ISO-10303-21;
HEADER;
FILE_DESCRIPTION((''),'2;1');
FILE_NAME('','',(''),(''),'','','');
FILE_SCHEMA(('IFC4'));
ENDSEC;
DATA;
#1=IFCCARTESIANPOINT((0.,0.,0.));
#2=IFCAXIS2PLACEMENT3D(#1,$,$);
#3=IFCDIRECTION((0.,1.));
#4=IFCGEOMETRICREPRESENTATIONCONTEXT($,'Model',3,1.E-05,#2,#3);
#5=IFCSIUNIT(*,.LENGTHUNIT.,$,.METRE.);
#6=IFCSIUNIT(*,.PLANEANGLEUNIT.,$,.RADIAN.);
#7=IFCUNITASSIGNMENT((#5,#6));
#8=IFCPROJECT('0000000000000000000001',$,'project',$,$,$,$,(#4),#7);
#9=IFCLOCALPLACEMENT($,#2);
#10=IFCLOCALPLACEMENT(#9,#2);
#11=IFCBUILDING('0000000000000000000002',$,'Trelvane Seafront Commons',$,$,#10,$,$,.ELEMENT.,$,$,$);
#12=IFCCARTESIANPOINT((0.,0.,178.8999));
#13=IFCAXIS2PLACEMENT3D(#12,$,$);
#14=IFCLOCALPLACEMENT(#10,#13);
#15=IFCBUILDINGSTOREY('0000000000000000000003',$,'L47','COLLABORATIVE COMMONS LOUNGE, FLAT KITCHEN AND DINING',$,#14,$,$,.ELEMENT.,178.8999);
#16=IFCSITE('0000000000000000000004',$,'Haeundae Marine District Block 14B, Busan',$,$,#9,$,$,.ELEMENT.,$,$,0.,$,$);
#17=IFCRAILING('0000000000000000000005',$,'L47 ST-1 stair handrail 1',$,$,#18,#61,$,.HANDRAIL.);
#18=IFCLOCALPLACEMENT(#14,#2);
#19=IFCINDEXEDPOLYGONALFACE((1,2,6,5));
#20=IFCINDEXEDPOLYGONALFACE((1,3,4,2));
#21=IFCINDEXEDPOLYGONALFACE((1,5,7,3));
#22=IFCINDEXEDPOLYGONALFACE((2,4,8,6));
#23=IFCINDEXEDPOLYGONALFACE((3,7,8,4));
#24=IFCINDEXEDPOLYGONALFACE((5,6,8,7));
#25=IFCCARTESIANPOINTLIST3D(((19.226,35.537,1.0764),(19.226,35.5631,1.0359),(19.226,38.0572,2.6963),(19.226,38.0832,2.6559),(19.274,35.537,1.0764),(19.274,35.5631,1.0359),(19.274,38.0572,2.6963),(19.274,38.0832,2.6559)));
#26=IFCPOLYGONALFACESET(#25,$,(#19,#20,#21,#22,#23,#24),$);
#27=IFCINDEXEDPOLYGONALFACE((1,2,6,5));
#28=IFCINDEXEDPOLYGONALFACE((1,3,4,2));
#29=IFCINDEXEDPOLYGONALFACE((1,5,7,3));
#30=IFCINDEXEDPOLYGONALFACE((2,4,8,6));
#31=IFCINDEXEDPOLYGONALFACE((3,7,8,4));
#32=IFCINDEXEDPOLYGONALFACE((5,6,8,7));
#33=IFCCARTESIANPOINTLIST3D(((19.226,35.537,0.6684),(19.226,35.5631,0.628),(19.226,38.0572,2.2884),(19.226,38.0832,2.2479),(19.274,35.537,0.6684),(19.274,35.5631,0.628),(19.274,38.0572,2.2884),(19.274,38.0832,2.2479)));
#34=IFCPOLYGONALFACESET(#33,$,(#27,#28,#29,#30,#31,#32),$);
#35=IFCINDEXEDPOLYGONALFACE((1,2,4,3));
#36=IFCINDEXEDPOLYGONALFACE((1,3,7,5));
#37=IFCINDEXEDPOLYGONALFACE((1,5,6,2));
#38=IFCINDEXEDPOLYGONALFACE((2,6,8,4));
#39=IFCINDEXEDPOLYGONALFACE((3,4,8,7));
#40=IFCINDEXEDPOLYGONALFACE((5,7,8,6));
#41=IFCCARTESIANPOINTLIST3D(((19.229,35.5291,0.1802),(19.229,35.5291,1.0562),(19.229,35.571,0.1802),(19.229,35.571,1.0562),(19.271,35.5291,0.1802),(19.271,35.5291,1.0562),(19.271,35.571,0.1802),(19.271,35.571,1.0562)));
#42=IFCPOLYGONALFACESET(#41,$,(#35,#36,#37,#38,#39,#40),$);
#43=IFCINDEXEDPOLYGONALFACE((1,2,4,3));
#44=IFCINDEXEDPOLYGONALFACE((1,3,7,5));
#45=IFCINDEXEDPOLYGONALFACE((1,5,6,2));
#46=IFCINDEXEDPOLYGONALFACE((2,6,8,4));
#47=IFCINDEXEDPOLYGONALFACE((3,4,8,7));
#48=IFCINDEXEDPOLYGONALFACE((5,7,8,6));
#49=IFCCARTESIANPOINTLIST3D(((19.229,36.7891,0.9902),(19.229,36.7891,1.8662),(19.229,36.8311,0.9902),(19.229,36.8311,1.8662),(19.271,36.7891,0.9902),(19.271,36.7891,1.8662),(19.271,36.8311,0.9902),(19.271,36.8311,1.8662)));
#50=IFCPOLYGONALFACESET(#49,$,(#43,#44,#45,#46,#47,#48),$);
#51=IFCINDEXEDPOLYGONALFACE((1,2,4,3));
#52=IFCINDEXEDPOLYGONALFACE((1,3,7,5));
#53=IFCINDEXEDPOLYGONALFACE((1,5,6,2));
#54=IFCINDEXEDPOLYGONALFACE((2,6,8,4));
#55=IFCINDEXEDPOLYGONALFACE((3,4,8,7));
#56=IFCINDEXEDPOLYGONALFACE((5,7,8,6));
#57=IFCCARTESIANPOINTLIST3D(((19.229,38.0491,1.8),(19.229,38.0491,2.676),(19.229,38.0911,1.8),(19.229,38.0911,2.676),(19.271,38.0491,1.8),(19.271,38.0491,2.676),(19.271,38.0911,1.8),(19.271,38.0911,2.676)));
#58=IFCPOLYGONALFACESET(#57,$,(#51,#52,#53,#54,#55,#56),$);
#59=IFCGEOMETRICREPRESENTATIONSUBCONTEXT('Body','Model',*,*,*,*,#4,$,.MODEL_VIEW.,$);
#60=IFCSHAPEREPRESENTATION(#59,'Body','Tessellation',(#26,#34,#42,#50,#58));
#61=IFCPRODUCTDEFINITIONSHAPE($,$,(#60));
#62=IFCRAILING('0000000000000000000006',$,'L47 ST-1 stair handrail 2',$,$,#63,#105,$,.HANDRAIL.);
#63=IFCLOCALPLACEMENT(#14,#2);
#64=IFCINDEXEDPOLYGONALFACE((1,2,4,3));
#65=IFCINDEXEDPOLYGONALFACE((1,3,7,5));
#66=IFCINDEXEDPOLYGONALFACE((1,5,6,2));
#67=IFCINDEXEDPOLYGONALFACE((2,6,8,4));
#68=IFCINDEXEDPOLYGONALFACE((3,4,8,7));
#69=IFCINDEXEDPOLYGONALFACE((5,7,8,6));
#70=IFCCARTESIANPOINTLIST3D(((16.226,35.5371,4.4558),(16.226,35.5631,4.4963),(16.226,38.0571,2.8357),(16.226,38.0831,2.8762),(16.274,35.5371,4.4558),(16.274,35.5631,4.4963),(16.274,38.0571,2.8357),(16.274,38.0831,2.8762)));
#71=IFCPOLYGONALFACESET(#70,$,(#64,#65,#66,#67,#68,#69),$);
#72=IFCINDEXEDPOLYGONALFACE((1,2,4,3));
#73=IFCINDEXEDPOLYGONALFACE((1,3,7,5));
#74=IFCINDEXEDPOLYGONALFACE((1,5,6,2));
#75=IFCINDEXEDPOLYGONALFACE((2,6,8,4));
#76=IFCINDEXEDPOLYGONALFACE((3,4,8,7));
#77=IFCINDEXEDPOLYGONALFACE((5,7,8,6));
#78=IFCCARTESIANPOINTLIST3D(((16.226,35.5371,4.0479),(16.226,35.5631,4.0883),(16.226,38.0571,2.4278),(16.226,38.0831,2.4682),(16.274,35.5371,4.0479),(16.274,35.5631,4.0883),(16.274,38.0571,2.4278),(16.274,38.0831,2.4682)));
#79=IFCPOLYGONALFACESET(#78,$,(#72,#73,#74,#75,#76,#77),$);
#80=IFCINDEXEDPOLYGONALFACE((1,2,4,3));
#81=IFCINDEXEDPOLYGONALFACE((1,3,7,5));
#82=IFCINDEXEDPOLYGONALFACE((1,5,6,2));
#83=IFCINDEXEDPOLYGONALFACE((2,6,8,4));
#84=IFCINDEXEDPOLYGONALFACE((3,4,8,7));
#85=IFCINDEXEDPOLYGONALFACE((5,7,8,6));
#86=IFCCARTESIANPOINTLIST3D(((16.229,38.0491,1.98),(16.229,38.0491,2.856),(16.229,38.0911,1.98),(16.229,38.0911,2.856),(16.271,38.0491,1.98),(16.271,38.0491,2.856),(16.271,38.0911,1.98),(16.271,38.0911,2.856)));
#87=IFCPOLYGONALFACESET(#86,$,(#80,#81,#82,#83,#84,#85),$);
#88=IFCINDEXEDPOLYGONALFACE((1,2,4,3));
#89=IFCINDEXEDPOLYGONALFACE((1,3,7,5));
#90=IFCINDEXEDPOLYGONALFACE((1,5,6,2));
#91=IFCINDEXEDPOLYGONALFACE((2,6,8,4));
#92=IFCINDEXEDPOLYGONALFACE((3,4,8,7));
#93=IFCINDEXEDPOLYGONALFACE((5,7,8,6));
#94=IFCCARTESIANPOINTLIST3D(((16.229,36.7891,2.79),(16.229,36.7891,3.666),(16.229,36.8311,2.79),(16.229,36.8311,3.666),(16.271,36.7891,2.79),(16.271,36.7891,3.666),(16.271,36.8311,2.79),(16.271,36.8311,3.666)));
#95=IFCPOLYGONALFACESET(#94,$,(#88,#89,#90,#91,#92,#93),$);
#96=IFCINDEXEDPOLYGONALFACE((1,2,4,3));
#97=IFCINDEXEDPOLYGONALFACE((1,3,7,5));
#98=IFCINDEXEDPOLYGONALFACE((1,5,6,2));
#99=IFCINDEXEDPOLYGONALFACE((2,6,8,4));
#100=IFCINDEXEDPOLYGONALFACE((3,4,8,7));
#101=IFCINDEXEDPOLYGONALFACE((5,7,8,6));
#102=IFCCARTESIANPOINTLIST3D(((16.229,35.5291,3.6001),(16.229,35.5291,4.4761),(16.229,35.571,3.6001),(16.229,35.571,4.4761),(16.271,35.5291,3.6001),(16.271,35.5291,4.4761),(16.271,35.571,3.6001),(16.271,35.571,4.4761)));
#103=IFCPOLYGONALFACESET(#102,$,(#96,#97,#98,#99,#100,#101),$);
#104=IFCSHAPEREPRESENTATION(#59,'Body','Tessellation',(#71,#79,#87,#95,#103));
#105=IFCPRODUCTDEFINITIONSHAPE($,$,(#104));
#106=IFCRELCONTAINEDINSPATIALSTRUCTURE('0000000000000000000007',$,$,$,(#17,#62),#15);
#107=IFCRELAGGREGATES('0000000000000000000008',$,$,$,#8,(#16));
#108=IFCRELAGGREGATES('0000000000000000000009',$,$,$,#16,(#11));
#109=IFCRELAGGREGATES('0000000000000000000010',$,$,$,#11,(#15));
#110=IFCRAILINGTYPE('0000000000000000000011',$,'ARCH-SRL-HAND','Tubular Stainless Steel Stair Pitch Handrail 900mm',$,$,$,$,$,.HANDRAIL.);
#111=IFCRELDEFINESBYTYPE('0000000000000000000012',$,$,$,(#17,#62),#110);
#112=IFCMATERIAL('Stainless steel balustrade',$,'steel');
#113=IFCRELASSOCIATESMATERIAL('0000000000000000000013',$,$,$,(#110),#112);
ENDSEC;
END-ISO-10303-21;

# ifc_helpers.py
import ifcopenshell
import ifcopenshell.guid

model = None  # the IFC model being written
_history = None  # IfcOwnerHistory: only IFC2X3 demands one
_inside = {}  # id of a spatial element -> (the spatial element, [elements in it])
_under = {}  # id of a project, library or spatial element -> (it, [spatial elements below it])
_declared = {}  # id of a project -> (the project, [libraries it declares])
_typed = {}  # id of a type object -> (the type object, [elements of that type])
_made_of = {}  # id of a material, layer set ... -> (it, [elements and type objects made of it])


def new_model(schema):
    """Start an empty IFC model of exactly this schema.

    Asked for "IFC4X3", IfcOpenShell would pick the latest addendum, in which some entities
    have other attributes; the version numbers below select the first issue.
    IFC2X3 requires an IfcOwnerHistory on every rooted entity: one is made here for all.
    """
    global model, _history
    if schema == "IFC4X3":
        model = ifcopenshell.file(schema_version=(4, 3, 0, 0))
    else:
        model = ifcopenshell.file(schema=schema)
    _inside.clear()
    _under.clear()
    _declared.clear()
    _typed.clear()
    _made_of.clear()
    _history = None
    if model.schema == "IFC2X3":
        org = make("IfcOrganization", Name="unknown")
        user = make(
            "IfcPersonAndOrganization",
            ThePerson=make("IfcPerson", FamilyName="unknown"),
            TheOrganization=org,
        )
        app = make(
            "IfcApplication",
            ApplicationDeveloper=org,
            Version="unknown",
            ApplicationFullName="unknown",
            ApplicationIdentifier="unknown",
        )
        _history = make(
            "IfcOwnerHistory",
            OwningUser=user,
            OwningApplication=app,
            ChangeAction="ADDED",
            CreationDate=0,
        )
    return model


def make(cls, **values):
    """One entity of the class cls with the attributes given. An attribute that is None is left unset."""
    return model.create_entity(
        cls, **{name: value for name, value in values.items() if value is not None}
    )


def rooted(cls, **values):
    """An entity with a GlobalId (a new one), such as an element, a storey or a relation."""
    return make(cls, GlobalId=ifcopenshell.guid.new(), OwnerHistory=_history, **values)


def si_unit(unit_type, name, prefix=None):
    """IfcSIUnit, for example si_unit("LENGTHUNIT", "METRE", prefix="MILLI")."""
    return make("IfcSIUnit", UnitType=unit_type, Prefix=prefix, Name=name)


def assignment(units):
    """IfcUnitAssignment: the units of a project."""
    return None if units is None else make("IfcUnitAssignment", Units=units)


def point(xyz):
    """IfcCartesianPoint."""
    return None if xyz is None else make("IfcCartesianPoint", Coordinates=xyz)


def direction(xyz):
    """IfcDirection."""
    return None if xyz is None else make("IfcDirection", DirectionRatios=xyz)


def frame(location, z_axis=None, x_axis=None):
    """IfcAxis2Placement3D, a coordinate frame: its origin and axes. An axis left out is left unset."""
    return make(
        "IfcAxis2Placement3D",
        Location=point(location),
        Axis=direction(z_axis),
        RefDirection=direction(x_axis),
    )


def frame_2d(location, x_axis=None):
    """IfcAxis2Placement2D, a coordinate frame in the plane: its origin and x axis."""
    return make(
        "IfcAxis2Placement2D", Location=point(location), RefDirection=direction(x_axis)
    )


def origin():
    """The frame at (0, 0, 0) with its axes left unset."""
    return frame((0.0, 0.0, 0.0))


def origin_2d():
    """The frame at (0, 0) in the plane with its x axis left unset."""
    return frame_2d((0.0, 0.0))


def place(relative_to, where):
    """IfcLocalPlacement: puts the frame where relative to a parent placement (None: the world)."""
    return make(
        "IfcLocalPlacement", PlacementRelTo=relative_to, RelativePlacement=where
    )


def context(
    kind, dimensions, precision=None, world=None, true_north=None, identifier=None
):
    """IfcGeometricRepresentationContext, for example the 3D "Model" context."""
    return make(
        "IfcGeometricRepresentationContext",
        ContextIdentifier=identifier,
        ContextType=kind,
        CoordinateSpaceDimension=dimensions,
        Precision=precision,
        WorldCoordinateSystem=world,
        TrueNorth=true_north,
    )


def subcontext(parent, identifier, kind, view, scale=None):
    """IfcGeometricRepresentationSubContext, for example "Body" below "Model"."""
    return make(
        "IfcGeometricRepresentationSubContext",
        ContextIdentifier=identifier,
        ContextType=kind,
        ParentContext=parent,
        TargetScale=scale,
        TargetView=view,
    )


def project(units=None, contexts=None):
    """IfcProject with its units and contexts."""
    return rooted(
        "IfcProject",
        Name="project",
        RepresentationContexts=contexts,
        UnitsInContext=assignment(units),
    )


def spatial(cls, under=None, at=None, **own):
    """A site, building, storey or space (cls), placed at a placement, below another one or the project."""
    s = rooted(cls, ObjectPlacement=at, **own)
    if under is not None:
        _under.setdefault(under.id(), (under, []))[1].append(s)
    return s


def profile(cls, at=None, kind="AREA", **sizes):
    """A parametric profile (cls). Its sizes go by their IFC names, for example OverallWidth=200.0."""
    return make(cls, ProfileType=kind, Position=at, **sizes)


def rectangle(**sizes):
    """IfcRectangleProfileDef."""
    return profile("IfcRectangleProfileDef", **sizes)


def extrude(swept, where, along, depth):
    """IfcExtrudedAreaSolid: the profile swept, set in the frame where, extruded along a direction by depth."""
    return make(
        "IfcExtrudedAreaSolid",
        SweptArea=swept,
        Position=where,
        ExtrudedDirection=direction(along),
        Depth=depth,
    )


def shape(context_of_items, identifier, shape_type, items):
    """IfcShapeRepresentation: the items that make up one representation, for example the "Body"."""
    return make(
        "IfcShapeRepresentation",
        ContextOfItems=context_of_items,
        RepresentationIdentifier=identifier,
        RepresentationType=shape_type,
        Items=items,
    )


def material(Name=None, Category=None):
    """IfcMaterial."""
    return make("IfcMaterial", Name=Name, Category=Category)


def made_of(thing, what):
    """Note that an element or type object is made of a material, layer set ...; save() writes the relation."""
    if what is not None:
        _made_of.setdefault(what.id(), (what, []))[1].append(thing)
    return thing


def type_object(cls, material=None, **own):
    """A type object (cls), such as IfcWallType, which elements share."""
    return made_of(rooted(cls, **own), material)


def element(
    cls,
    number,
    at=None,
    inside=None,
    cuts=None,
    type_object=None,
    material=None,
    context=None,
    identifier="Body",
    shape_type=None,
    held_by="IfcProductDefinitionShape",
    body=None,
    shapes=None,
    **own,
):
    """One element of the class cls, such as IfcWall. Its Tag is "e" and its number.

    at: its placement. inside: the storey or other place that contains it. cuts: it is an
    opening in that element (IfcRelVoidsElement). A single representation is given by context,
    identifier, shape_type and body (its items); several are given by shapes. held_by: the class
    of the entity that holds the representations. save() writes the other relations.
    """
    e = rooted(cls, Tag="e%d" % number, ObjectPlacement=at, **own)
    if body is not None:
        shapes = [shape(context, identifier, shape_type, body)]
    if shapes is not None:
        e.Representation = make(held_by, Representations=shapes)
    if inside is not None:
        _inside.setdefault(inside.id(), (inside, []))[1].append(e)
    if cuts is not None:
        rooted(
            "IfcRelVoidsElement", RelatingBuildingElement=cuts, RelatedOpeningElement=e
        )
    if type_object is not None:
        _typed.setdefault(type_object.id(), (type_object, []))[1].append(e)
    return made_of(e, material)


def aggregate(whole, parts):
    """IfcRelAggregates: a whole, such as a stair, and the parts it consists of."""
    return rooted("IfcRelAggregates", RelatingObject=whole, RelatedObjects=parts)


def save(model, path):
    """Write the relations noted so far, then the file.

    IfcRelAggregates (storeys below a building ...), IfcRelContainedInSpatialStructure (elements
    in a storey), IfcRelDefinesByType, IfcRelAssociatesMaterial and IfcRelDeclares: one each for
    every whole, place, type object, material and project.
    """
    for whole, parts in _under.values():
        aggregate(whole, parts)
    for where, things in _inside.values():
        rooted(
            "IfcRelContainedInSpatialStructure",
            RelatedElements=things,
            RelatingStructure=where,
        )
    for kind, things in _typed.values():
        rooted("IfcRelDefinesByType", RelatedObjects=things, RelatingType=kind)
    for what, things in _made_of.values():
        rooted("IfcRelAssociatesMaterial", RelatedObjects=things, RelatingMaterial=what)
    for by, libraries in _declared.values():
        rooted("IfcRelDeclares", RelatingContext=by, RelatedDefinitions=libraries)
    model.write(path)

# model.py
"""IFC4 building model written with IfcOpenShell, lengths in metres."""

from ifc_helpers import new_model, si_unit, direction, frame, origin, origin_2d, place, context, subcontext, project, spatial, rectangle, extrude, material, type_object, element, save


model = new_model("IFC4")

# Units and contexts
model_context = context("Model", 3, precision=1e-05, world=origin(), true_north=direction((0.0, 1.0)))
body_context = subcontext(model_context, "Body", "Model", "MODEL_VIEW")
ifc_project = project(units=[si_unit("LENGTHUNIT", "METRE"), si_unit("PLANEANGLEUNIT", "RADIAN")], contexts=[model_context])

# Site, building, storey
site_placement = place(None, origin())
site = spatial("IfcSite", under=ifc_project, at=site_placement, Name="Haeundae Marine District Block 14B, Busan", CompositionType="ELEMENT", RefElevation=0.0)
building_placement = place(site_placement, origin())
building = spatial("IfcBuilding", under=site, at=building_placement, Name="Trelvane Seafront Commons", CompositionType="ELEMENT")
storey_placement = place(building_placement, frame((0.0, 0.0, 178.8999)))
storey = spatial("IfcBuildingStorey", under=building, at=storey_placement, Name="L47", Description="COLLABORATIVE COMMONS LOUNGE, FLAT KITCHEN AND DINING", CompositionType="ELEMENT", Elevation=178.8999)

# Railings
ifc_material_1 = material(Name="Stainless steel balustrade", Category="steel")
railing_type_1 = type_object("IfcRailingType", Name="ARCH-SRL-HAND", Description="Tubular Stainless Steel Stair Pitch Handrail 900mm", PredefinedType="HANDRAIL", material=ifc_material_1)
railing_1_placement = place(storey_placement, frame((19.25, 35.55, 0.1802)))
element("IfcRailing", 1, at=railing_1_placement, inside=storey, type_object=railing_type_1, Name="L47 ST-1 stair handrail 1", PredefinedType="HANDRAIL", context=body_context, shape_type="SweptSolid", body=[
    extrude(rectangle(XDim=0.0481, YDim=0.0481, at=origin_2d()), frame((0.0, 0.0, 0.876), z_axis=(0.0, 0.8412, 0.540725), x_axis=(-1.0, 0.0, 0.0)), (0.0, 0.0, 1.0), 2.9958),
    extrude(rectangle(XDim=0.0481, YDim=0.0481, at=origin_2d()), frame((0.0, 0.0, 0.468), z_axis=(0.0, 0.8412, 0.540725), x_axis=(-1.0, 0.0, 0.0)), (0.0, 0.0, 1.0), 2.9958),
    extrude(rectangle(XDim=0.042, YDim=0.042, at=origin_2d()), origin(), (0.0, 0.0, 1.0), 0.876),
    extrude(rectangle(XDim=0.042, YDim=0.042, at=origin_2d()), frame((0.0, 1.26, 0.8101)), (0.0, 0.0, 1.0), 0.876),
    extrude(rectangle(XDim=0.042, YDim=0.042, at=origin_2d()), frame((0.0, 2.52, 1.6199)), (0.0, 0.0, 1.0), 0.876),
])
railing_2_placement = place(storey_placement, frame((16.25, 38.0701, 1.98)))
element("IfcRailing", 2, at=railing_2_placement, inside=storey, type_object=railing_type_1, Name="L47 ST-1 stair handrail 2", PredefinedType="HANDRAIL", context=body_context, shape_type="SweptSolid", body=[
    extrude(rectangle(XDim=0.0481, YDim=0.0481, at=origin_2d()), frame((0.0, 0.0, 0.876), z_axis=(0.0, -0.841163, 0.540782), x_axis=(1.0, 0.0, 0.0)), (0.0, 0.0, 1.0), 2.9958),
    extrude(rectangle(XDim=0.0481, YDim=0.0481, at=origin_2d()), frame((0.0, 0.0, 0.468), z_axis=(0.0, -0.841163, 0.540782), x_axis=(1.0, 0.0, 0.0)), (0.0, 0.0, 1.0), 2.9958),
    extrude(rectangle(XDim=0.042, YDim=0.042, at=origin_2d()), origin(), (0.0, 0.0, 1.0), 0.876),
    extrude(rectangle(XDim=0.042, YDim=0.042, at=origin_2d()), frame((0.0, -1.26, 0.8101)), (0.0, 0.0, 1.0), 0.876),
    extrude(rectangle(XDim=0.042, YDim=0.042, at=origin_2d()), frame((0.0, -2.52, 1.6201)), (0.0, 0.0, 1.0), 0.876),
])

save(model, "model.ifc")
